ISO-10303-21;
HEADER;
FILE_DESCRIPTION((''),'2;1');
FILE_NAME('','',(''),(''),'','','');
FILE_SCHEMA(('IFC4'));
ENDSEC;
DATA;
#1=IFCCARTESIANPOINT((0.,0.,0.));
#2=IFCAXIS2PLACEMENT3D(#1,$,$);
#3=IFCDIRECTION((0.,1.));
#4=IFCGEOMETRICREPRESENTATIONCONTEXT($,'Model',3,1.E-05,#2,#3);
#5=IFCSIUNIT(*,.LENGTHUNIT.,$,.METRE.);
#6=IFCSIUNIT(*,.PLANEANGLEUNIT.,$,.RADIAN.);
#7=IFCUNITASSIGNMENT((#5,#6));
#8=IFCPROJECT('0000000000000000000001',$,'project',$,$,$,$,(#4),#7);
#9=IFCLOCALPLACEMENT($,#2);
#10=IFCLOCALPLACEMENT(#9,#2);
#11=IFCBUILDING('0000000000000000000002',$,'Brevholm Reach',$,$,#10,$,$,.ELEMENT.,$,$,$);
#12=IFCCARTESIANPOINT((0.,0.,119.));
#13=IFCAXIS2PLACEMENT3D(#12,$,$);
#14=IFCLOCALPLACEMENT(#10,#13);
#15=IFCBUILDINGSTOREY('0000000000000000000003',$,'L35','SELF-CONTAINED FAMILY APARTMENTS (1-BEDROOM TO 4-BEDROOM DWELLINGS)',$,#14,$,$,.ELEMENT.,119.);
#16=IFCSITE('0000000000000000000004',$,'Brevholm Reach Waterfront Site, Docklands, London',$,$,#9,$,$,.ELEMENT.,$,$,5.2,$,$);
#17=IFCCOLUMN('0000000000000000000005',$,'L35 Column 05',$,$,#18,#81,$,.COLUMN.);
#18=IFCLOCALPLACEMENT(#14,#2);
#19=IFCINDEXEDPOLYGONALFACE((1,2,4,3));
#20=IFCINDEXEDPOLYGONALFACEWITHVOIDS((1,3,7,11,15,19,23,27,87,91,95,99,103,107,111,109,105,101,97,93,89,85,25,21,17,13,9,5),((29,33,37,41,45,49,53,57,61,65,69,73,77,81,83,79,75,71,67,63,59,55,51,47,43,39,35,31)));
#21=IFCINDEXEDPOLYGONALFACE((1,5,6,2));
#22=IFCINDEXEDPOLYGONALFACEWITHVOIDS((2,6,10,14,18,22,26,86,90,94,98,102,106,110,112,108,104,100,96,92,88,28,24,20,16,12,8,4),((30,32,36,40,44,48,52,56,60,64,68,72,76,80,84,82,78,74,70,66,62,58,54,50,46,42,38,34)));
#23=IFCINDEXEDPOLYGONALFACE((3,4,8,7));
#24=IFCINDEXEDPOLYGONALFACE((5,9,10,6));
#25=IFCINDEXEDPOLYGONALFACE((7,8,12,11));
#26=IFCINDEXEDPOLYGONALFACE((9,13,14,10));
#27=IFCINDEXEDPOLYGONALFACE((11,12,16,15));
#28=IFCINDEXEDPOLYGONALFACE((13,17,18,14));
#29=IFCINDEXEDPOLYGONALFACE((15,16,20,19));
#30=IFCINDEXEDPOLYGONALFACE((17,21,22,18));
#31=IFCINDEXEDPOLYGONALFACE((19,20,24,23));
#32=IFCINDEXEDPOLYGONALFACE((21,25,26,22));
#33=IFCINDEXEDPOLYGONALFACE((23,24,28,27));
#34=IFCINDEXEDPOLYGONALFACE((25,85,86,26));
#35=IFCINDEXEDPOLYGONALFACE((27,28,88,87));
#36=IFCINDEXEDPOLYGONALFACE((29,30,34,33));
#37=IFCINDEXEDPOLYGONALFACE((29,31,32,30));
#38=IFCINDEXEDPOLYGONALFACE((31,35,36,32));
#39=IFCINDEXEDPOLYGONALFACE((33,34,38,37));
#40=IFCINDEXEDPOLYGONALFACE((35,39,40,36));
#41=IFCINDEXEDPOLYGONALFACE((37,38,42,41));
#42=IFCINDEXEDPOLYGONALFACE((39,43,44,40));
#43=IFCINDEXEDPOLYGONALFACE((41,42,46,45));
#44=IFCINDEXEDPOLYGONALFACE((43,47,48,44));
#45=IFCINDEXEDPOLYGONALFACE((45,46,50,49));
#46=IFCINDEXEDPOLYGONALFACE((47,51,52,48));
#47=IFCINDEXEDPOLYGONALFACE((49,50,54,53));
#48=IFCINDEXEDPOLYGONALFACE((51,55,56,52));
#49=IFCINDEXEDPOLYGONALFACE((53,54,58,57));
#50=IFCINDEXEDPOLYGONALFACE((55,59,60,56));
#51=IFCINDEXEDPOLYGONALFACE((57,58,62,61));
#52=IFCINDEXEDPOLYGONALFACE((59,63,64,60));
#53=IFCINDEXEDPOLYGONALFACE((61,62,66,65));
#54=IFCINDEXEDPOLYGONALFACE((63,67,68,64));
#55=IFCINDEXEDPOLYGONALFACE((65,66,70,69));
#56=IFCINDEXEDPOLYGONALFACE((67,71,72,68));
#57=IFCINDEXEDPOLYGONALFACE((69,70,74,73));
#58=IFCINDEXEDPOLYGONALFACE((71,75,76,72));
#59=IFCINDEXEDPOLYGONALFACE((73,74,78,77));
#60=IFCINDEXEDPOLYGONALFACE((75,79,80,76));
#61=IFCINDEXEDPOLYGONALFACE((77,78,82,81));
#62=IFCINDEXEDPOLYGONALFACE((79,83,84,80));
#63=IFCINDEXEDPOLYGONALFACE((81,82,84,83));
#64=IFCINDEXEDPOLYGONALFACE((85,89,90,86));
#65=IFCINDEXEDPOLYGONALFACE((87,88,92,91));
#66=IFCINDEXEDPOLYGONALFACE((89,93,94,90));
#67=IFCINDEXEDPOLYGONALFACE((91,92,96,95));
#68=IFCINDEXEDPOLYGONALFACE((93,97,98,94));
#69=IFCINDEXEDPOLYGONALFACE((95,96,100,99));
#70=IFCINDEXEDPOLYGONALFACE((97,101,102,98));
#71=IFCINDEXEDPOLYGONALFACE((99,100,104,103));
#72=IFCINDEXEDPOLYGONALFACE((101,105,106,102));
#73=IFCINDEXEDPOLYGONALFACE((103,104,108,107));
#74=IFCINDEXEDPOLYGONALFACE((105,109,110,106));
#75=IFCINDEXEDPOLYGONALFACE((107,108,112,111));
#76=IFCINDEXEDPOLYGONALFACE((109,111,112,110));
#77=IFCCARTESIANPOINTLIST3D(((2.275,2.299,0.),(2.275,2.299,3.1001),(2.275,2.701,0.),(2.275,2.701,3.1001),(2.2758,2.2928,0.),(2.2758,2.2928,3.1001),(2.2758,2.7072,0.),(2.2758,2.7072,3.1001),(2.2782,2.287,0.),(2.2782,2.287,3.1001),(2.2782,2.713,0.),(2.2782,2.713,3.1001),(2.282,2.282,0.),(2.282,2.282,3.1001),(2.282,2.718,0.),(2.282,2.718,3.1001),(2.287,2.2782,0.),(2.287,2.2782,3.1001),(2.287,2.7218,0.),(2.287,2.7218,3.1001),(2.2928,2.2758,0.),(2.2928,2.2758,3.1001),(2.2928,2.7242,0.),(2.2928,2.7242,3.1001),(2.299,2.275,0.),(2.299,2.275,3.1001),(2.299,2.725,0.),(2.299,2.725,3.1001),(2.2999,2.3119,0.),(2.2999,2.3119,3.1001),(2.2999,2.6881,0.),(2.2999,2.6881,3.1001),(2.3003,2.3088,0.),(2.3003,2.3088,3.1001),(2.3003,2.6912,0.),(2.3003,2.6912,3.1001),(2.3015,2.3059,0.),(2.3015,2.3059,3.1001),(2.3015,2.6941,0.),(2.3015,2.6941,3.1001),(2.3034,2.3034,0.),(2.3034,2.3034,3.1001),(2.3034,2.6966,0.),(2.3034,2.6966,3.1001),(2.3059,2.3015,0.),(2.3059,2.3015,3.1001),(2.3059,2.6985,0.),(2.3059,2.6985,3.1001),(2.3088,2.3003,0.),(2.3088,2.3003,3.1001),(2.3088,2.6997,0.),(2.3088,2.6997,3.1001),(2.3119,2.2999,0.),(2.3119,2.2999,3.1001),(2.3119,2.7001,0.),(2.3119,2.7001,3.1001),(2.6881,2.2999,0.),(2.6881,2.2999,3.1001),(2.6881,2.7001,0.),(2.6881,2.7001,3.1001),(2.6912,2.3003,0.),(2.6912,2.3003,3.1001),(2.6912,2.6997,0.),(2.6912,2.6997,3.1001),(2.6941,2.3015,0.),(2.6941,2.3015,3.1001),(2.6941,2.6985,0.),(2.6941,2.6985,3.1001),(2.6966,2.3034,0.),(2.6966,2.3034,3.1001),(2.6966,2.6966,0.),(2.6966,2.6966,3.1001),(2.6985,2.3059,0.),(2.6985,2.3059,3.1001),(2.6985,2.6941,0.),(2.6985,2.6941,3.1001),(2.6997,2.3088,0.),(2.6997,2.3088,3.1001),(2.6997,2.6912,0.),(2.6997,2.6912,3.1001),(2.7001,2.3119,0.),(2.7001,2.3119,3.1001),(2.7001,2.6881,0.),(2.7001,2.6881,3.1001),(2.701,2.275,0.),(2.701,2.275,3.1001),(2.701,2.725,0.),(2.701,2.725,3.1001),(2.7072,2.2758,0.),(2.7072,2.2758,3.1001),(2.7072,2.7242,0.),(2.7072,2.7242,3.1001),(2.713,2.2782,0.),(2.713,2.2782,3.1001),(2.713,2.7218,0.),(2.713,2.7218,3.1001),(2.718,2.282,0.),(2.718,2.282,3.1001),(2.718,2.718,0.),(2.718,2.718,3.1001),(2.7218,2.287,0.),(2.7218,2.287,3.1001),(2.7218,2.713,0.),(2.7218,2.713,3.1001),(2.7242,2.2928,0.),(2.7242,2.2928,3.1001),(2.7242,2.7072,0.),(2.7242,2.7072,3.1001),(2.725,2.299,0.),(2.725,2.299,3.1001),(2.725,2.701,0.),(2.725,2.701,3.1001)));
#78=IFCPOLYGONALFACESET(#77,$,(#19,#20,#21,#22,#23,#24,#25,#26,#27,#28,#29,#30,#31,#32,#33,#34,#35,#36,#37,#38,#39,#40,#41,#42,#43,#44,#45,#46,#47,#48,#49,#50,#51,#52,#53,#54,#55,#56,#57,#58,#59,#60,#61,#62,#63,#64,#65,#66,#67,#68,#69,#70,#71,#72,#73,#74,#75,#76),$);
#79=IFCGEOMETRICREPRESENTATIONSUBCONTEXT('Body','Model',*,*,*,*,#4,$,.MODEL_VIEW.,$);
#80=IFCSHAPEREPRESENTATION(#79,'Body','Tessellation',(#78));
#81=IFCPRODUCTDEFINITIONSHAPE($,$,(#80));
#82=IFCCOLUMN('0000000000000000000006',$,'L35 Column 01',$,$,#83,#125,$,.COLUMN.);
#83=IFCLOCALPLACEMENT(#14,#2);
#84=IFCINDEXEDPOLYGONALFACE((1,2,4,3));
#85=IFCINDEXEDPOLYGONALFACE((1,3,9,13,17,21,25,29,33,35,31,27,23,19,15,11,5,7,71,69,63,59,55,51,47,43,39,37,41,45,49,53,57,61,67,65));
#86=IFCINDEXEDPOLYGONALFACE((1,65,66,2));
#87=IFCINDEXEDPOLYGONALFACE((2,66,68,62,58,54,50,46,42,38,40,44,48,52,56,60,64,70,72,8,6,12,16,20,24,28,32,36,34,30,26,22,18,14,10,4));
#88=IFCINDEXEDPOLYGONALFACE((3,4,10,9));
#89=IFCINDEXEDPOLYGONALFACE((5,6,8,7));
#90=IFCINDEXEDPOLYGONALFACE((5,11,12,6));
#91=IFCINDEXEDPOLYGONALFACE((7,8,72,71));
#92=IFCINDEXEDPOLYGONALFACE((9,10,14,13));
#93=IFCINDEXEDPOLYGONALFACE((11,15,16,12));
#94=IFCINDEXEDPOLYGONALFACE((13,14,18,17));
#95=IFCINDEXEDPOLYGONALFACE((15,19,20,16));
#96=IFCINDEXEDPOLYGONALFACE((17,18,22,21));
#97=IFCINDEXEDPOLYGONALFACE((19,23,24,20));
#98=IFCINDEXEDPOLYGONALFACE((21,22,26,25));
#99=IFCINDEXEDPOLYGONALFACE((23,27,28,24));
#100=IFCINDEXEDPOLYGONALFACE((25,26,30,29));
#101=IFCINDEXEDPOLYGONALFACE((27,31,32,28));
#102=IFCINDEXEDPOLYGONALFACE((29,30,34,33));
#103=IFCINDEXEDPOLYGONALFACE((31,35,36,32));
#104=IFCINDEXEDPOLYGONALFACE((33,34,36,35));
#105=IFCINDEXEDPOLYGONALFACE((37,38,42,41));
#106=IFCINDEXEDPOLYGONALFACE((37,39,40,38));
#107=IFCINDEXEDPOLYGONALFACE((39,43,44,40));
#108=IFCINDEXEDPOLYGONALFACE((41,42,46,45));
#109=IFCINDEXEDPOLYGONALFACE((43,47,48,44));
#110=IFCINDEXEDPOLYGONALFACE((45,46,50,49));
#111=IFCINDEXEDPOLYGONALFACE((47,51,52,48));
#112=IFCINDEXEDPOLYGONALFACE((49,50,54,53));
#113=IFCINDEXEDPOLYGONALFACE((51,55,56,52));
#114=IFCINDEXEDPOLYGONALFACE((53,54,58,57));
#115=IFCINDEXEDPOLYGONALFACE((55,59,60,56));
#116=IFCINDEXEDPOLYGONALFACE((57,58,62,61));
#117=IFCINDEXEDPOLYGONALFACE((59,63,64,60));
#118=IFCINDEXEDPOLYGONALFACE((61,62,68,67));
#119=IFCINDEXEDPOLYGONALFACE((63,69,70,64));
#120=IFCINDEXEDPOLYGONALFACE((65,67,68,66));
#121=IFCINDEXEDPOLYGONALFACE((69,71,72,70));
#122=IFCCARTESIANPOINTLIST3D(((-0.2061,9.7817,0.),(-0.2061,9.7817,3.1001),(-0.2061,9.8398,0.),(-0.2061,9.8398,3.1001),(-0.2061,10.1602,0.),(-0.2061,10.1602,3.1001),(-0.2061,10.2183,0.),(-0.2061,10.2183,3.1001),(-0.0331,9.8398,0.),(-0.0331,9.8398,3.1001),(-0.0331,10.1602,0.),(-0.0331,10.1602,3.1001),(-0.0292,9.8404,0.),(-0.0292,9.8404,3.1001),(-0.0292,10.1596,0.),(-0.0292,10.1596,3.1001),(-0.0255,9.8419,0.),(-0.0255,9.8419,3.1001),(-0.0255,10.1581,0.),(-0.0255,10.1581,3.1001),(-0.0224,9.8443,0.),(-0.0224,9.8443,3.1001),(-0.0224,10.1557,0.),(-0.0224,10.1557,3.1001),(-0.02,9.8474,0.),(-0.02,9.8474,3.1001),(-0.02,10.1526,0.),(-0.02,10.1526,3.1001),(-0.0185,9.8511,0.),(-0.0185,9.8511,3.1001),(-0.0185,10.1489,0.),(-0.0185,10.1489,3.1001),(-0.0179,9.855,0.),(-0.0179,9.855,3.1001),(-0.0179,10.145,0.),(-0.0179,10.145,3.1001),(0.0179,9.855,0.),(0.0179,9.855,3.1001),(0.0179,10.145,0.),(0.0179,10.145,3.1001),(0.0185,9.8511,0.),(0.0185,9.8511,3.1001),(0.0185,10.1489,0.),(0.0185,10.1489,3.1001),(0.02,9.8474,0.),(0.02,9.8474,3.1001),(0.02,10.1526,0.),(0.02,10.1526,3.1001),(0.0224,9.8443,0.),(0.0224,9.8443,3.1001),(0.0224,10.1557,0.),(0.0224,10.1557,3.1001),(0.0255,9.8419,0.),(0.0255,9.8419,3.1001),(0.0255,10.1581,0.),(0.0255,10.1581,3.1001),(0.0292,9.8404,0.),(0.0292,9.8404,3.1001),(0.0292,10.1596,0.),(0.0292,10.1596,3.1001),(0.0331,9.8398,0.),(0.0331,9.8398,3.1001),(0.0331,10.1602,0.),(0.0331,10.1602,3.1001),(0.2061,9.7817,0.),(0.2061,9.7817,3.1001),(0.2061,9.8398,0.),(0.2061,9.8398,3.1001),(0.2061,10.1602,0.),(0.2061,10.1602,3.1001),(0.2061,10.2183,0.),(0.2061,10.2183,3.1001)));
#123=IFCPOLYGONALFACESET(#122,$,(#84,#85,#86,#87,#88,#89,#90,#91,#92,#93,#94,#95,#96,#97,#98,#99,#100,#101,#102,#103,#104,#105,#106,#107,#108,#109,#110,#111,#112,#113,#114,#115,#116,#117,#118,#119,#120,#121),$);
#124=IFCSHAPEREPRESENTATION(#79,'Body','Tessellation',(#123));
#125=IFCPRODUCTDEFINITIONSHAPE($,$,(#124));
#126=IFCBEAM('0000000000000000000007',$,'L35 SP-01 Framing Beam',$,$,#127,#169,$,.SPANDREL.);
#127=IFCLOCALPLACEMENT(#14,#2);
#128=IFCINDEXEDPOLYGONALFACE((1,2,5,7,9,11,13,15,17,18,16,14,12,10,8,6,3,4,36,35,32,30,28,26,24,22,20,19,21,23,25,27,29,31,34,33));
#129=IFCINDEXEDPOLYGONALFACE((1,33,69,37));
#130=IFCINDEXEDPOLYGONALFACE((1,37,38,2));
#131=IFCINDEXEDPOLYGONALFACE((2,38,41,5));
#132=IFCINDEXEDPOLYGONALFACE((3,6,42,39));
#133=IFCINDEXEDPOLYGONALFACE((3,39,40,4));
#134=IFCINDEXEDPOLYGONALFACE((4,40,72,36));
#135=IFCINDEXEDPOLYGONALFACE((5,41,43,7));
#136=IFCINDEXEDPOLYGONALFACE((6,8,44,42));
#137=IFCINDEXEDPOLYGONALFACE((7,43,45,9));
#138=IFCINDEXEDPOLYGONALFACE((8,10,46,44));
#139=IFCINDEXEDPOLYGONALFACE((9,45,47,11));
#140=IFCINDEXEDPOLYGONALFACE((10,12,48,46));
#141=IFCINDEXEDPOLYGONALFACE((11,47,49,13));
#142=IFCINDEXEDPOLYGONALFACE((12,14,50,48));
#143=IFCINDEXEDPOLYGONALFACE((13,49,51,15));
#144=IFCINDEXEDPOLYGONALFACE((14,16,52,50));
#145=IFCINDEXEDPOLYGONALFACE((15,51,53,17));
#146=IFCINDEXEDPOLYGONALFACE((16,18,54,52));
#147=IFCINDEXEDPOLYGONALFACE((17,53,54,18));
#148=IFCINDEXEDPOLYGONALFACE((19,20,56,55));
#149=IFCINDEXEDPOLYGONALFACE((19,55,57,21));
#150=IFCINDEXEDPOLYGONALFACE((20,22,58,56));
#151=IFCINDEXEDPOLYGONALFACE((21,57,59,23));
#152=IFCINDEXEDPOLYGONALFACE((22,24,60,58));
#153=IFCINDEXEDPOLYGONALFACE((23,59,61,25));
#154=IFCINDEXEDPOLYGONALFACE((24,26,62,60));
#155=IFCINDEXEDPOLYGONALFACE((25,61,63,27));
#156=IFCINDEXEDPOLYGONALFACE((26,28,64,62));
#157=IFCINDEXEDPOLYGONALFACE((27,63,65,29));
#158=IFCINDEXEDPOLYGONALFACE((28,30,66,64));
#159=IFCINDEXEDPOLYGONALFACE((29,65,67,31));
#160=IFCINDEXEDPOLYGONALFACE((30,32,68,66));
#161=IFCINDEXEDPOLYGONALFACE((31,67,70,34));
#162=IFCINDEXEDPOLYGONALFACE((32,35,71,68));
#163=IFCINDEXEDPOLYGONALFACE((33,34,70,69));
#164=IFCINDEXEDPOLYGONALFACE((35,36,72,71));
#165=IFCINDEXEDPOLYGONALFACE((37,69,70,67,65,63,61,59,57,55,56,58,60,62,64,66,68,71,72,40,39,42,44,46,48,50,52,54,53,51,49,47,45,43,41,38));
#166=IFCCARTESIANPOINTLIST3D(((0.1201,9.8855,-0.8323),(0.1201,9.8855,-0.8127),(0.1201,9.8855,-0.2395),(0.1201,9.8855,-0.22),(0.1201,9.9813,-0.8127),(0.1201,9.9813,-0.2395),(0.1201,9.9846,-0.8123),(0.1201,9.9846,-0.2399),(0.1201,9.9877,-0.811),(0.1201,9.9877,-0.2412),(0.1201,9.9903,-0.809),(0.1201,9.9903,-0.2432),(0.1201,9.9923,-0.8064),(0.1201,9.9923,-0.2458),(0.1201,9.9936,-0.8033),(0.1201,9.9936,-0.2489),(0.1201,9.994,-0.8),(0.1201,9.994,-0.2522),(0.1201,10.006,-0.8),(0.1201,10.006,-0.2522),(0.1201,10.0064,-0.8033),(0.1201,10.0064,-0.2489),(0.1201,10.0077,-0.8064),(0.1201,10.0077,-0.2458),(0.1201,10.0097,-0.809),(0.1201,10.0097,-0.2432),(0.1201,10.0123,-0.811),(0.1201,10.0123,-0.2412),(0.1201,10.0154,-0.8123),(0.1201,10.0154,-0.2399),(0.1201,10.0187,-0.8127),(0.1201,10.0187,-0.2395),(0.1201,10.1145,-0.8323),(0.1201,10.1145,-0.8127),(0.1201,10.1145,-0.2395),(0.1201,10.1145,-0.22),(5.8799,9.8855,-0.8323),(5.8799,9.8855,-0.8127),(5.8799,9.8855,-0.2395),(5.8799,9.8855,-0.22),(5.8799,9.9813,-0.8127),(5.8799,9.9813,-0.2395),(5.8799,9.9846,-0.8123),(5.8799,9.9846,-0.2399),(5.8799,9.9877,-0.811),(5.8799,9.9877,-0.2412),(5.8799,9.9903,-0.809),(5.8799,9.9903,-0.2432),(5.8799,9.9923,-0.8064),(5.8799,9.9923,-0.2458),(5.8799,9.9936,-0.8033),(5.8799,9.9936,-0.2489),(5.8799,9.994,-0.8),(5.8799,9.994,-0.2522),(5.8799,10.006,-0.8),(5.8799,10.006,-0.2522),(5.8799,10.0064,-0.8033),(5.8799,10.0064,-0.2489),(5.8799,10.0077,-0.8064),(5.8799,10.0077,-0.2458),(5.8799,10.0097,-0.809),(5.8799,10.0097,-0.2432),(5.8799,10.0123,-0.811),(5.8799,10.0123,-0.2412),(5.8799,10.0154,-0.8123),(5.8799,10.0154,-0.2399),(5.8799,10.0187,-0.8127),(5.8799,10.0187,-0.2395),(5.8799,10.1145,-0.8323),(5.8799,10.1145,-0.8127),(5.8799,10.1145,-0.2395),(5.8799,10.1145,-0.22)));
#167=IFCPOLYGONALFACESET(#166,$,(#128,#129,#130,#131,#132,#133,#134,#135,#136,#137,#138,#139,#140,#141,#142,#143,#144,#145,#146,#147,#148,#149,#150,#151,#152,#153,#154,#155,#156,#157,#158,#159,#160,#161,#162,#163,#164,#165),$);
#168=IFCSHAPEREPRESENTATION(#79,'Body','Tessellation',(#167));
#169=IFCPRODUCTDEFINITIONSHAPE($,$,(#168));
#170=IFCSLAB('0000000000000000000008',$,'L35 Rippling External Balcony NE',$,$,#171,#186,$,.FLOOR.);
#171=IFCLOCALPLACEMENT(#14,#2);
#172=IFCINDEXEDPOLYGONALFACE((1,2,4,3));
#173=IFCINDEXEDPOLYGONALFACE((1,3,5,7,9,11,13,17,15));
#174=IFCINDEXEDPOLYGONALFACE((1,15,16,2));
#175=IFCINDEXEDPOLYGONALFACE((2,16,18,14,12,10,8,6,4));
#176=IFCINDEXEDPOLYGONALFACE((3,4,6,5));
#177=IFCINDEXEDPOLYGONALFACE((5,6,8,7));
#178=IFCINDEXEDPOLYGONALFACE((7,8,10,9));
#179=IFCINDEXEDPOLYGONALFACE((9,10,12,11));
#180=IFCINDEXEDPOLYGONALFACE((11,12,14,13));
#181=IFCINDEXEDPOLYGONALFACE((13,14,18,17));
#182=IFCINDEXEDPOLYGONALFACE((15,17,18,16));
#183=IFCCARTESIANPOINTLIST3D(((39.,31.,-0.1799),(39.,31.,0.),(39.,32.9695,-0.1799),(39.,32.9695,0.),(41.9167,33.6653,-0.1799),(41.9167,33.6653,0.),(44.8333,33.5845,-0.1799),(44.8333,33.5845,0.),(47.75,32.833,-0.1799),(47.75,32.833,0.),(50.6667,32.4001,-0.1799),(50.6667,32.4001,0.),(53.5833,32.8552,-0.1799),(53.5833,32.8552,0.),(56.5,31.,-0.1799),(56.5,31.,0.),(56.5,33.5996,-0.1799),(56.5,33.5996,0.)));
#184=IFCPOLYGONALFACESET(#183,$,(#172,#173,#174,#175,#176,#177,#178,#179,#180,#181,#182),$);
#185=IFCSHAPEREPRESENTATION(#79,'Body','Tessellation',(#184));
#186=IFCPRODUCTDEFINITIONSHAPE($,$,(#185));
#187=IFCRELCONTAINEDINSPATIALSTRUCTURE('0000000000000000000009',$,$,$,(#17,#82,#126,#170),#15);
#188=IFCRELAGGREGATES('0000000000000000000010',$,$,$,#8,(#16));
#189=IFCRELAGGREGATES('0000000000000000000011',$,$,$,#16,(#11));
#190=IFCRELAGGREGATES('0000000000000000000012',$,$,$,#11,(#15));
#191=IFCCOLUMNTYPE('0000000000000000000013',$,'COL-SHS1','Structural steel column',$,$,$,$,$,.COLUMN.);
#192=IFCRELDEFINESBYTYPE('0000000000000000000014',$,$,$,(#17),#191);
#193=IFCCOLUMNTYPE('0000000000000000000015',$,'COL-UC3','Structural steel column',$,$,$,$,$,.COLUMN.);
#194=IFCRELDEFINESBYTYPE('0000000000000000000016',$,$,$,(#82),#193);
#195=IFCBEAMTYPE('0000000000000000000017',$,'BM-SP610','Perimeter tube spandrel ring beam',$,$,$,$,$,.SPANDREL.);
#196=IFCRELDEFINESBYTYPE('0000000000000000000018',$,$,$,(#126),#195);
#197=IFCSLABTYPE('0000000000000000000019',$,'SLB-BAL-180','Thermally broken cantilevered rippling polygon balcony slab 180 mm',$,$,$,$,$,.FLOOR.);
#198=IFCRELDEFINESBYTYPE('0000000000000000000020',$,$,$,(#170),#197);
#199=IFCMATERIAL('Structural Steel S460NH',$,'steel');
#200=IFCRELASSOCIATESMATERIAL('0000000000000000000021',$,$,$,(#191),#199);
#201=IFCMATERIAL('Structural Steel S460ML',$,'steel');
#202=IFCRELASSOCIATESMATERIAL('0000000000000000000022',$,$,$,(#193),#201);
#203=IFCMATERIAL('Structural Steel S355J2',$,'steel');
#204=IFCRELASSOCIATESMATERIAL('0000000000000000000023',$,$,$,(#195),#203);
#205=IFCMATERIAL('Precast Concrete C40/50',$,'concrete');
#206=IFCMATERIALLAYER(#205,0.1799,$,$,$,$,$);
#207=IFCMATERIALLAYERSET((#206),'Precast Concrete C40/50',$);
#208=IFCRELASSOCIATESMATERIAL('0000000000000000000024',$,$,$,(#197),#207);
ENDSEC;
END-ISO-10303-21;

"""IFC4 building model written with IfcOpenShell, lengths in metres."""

from ifc_helpers import new_model, si_unit, direction, frame, origin, origin_2d, place, context, subcontext, project, spatial, polyline, hollow_rectangle, i_section, outline, extrude, material, layer, layer_set, material_profile, profile_set, type_object, element, save


model = new_model("IFC4")

# Units and contexts
model_context = context("Model", 3, precision=1e-05, world=origin(), true_north=direction((0.0, 1.0)))
body_context = subcontext(model_context, "Body", "Model", "MODEL_VIEW")
ifc_project = project(units=[si_unit("LENGTHUNIT", "METRE"), si_unit("PLANEANGLEUNIT", "RADIAN")], contexts=[model_context])

# Site, building, storey
site_placement = place(None, origin())
site = spatial("IfcSite", under=ifc_project, at=site_placement, Name="Brevholm Reach Waterfront Site, Docklands, London", CompositionType="ELEMENT", RefElevation=5.2)
building_placement = place(site_placement, origin())
building = spatial("IfcBuilding", under=site, at=building_placement, Name="Brevholm Reach", CompositionType="ELEMENT")
storey_placement = place(building_placement, frame((0.0, 0.0, 119.0)))
storey = spatial("IfcBuildingStorey", under=building, at=storey_placement, Name="L35", Description="SELF-CONTAINED FAMILY APARTMENTS (1-BEDROOM TO 4-BEDROOM DWELLINGS)", CompositionType="ELEMENT", Elevation=119.0)

# Columns
ifc_material_1 = material(Name="Structural Steel S460NH", Category="steel")
ifc_material_profile_1 = material_profile(ifc_material_1, hollow_rectangle(XDim=0.45, YDim=0.45, WallThickness=0.0249, InnerFilletRadius=0.012, OuterFilletRadius=0.0239, at=origin_2d()), Name="SHS 450x450x25")
ifc_profile_set_1 = profile_set([ifc_material_profile_1], Name="Structural Steel S460NH")
column_type_1 = type_object("IfcColumnType", Name="COL-SHS1", Description="Structural steel column", PredefinedType="COLUMN", material=ifc_profile_set_1)
column_1_placement = place(storey_placement, frame((2.5, 2.5, 0.0), z_axis=(0.0, 0.0, 1.0), x_axis=(1.0, 0.0, 0.0)))
element("IfcColumn", 1, at=column_1_placement, inside=storey, type_object=column_type_1, Name="L35 Column 05", PredefinedType="COLUMN", context=body_context, shape_type="SweptSolid", body=[
    extrude(hollow_rectangle(XDim=0.45, YDim=0.45, WallThickness=0.0249, InnerFilletRadius=0.012, OuterFilletRadius=0.0239, at=origin_2d()), origin(), (0.0, 0.0, 1.0), 3.1001),
])
ifc_material_2 = material(Name="Structural Steel S460ML", Category="steel")
ifc_material_profile_2 = material_profile(ifc_material_2, i_section(OverallWidth=0.4121, OverallDepth=0.4365, WebThickness=0.0359, FlangeThickness=0.0581, FilletRadius=0.0151, at=origin_2d()), Name="UKC 356x406x467")
ifc_profile_set_2 = profile_set([ifc_material_profile_2], Name="Structural Steel S460ML")
column_type_2 = type_object("IfcColumnType", Name="COL-UC3", Description="Structural steel column", PredefinedType="COLUMN", material=ifc_profile_set_2)
column_2_placement = place(storey_placement, frame((0.0, 10.0, 0.0), z_axis=(0.0, 0.0, 1.0), x_axis=(1.0, 0.0, 0.0)))
element("IfcColumn", 2, at=column_2_placement, inside=storey, type_object=column_type_2, Name="L35 Column 01", PredefinedType="COLUMN", context=body_context, shape_type="SweptSolid", body=[
    extrude(i_section(OverallWidth=0.4121, OverallDepth=0.4365, WebThickness=0.0359, FlangeThickness=0.0581, FilletRadius=0.0151, at=origin_2d()), origin(), (0.0, 0.0, 1.0), 3.1001),
])

# Beam
ifc_material_3 = material(Name="Structural Steel S355J2", Category="steel")
ifc_material_profile_3 = material_profile(ifc_material_3, i_section(OverallWidth=0.229, OverallDepth=0.6123, WebThickness=0.012, FlangeThickness=0.0195, FilletRadius=0.0127, at=origin_2d()), Name="UKB 610x229x125")
ifc_profile_set_3 = profile_set([ifc_material_profile_3], Name="Structural Steel S355J2")
beam_type = type_object("IfcBeamType", Name="BM-SP610", Description="Perimeter tube spandrel ring beam", PredefinedType="SPANDREL", material=ifc_profile_set_3)
beam_placement = place(storey_placement, frame((0.1201, 10.0, -0.5261), z_axis=(1.0, 0.0, 0.0), x_axis=(0.0, 1.0, 0.0)))
element("IfcBeam", 3, at=beam_placement, inside=storey, type_object=beam_type, Name="L35 SP-01 Framing Beam", PredefinedType="SPANDREL", context=body_context, shape_type="SweptSolid", body=[
    extrude(i_section(OverallWidth=0.229, OverallDepth=0.6123, WebThickness=0.012, FlangeThickness=0.0195, FilletRadius=0.0127, at=origin_2d()), origin(), (0.0, 0.0, 1.0), 5.7598),
])

# Slab
ifc_material_4 = material(Name="Precast Concrete C40/50", Category="concrete")
ifc_layer_1 = layer(ifc_material_4, 0.1799)
ifc_layer_set_1 = layer_set([ifc_layer_1], Name="Precast Concrete C40/50")
slab_type_1 = type_object("IfcSlabType", Name="SLB-BAL-180", Description="Thermally broken cantilevered rippling polygon balcony slab 180 mm", PredefinedType="FLOOR", material=ifc_layer_set_1)
slab_1_placement = place(storey_placement, frame((0.0, 0.0, -0.1799)))
element("IfcSlab", 4, at=slab_1_placement, inside=storey, type_object=slab_type_1, Name="L35 Rippling External Balcony NE", PredefinedType="FLOOR", context=body_context, shape_type="SweptSolid", body=[
    extrude(outline(polyline([(39.0, 31.0), (56.5, 31.0), (56.5, 33.5996), (53.5833, 32.8552), (50.6667, 32.4001), (47.75, 32.833), (44.8333, 33.5845), (41.9167, 33.6653), (39.0, 32.9695), (39.0, 31.0)])), origin(), (0.0, 0.0, 1.0), 0.1799),
])

save(model, "model.ifc")
